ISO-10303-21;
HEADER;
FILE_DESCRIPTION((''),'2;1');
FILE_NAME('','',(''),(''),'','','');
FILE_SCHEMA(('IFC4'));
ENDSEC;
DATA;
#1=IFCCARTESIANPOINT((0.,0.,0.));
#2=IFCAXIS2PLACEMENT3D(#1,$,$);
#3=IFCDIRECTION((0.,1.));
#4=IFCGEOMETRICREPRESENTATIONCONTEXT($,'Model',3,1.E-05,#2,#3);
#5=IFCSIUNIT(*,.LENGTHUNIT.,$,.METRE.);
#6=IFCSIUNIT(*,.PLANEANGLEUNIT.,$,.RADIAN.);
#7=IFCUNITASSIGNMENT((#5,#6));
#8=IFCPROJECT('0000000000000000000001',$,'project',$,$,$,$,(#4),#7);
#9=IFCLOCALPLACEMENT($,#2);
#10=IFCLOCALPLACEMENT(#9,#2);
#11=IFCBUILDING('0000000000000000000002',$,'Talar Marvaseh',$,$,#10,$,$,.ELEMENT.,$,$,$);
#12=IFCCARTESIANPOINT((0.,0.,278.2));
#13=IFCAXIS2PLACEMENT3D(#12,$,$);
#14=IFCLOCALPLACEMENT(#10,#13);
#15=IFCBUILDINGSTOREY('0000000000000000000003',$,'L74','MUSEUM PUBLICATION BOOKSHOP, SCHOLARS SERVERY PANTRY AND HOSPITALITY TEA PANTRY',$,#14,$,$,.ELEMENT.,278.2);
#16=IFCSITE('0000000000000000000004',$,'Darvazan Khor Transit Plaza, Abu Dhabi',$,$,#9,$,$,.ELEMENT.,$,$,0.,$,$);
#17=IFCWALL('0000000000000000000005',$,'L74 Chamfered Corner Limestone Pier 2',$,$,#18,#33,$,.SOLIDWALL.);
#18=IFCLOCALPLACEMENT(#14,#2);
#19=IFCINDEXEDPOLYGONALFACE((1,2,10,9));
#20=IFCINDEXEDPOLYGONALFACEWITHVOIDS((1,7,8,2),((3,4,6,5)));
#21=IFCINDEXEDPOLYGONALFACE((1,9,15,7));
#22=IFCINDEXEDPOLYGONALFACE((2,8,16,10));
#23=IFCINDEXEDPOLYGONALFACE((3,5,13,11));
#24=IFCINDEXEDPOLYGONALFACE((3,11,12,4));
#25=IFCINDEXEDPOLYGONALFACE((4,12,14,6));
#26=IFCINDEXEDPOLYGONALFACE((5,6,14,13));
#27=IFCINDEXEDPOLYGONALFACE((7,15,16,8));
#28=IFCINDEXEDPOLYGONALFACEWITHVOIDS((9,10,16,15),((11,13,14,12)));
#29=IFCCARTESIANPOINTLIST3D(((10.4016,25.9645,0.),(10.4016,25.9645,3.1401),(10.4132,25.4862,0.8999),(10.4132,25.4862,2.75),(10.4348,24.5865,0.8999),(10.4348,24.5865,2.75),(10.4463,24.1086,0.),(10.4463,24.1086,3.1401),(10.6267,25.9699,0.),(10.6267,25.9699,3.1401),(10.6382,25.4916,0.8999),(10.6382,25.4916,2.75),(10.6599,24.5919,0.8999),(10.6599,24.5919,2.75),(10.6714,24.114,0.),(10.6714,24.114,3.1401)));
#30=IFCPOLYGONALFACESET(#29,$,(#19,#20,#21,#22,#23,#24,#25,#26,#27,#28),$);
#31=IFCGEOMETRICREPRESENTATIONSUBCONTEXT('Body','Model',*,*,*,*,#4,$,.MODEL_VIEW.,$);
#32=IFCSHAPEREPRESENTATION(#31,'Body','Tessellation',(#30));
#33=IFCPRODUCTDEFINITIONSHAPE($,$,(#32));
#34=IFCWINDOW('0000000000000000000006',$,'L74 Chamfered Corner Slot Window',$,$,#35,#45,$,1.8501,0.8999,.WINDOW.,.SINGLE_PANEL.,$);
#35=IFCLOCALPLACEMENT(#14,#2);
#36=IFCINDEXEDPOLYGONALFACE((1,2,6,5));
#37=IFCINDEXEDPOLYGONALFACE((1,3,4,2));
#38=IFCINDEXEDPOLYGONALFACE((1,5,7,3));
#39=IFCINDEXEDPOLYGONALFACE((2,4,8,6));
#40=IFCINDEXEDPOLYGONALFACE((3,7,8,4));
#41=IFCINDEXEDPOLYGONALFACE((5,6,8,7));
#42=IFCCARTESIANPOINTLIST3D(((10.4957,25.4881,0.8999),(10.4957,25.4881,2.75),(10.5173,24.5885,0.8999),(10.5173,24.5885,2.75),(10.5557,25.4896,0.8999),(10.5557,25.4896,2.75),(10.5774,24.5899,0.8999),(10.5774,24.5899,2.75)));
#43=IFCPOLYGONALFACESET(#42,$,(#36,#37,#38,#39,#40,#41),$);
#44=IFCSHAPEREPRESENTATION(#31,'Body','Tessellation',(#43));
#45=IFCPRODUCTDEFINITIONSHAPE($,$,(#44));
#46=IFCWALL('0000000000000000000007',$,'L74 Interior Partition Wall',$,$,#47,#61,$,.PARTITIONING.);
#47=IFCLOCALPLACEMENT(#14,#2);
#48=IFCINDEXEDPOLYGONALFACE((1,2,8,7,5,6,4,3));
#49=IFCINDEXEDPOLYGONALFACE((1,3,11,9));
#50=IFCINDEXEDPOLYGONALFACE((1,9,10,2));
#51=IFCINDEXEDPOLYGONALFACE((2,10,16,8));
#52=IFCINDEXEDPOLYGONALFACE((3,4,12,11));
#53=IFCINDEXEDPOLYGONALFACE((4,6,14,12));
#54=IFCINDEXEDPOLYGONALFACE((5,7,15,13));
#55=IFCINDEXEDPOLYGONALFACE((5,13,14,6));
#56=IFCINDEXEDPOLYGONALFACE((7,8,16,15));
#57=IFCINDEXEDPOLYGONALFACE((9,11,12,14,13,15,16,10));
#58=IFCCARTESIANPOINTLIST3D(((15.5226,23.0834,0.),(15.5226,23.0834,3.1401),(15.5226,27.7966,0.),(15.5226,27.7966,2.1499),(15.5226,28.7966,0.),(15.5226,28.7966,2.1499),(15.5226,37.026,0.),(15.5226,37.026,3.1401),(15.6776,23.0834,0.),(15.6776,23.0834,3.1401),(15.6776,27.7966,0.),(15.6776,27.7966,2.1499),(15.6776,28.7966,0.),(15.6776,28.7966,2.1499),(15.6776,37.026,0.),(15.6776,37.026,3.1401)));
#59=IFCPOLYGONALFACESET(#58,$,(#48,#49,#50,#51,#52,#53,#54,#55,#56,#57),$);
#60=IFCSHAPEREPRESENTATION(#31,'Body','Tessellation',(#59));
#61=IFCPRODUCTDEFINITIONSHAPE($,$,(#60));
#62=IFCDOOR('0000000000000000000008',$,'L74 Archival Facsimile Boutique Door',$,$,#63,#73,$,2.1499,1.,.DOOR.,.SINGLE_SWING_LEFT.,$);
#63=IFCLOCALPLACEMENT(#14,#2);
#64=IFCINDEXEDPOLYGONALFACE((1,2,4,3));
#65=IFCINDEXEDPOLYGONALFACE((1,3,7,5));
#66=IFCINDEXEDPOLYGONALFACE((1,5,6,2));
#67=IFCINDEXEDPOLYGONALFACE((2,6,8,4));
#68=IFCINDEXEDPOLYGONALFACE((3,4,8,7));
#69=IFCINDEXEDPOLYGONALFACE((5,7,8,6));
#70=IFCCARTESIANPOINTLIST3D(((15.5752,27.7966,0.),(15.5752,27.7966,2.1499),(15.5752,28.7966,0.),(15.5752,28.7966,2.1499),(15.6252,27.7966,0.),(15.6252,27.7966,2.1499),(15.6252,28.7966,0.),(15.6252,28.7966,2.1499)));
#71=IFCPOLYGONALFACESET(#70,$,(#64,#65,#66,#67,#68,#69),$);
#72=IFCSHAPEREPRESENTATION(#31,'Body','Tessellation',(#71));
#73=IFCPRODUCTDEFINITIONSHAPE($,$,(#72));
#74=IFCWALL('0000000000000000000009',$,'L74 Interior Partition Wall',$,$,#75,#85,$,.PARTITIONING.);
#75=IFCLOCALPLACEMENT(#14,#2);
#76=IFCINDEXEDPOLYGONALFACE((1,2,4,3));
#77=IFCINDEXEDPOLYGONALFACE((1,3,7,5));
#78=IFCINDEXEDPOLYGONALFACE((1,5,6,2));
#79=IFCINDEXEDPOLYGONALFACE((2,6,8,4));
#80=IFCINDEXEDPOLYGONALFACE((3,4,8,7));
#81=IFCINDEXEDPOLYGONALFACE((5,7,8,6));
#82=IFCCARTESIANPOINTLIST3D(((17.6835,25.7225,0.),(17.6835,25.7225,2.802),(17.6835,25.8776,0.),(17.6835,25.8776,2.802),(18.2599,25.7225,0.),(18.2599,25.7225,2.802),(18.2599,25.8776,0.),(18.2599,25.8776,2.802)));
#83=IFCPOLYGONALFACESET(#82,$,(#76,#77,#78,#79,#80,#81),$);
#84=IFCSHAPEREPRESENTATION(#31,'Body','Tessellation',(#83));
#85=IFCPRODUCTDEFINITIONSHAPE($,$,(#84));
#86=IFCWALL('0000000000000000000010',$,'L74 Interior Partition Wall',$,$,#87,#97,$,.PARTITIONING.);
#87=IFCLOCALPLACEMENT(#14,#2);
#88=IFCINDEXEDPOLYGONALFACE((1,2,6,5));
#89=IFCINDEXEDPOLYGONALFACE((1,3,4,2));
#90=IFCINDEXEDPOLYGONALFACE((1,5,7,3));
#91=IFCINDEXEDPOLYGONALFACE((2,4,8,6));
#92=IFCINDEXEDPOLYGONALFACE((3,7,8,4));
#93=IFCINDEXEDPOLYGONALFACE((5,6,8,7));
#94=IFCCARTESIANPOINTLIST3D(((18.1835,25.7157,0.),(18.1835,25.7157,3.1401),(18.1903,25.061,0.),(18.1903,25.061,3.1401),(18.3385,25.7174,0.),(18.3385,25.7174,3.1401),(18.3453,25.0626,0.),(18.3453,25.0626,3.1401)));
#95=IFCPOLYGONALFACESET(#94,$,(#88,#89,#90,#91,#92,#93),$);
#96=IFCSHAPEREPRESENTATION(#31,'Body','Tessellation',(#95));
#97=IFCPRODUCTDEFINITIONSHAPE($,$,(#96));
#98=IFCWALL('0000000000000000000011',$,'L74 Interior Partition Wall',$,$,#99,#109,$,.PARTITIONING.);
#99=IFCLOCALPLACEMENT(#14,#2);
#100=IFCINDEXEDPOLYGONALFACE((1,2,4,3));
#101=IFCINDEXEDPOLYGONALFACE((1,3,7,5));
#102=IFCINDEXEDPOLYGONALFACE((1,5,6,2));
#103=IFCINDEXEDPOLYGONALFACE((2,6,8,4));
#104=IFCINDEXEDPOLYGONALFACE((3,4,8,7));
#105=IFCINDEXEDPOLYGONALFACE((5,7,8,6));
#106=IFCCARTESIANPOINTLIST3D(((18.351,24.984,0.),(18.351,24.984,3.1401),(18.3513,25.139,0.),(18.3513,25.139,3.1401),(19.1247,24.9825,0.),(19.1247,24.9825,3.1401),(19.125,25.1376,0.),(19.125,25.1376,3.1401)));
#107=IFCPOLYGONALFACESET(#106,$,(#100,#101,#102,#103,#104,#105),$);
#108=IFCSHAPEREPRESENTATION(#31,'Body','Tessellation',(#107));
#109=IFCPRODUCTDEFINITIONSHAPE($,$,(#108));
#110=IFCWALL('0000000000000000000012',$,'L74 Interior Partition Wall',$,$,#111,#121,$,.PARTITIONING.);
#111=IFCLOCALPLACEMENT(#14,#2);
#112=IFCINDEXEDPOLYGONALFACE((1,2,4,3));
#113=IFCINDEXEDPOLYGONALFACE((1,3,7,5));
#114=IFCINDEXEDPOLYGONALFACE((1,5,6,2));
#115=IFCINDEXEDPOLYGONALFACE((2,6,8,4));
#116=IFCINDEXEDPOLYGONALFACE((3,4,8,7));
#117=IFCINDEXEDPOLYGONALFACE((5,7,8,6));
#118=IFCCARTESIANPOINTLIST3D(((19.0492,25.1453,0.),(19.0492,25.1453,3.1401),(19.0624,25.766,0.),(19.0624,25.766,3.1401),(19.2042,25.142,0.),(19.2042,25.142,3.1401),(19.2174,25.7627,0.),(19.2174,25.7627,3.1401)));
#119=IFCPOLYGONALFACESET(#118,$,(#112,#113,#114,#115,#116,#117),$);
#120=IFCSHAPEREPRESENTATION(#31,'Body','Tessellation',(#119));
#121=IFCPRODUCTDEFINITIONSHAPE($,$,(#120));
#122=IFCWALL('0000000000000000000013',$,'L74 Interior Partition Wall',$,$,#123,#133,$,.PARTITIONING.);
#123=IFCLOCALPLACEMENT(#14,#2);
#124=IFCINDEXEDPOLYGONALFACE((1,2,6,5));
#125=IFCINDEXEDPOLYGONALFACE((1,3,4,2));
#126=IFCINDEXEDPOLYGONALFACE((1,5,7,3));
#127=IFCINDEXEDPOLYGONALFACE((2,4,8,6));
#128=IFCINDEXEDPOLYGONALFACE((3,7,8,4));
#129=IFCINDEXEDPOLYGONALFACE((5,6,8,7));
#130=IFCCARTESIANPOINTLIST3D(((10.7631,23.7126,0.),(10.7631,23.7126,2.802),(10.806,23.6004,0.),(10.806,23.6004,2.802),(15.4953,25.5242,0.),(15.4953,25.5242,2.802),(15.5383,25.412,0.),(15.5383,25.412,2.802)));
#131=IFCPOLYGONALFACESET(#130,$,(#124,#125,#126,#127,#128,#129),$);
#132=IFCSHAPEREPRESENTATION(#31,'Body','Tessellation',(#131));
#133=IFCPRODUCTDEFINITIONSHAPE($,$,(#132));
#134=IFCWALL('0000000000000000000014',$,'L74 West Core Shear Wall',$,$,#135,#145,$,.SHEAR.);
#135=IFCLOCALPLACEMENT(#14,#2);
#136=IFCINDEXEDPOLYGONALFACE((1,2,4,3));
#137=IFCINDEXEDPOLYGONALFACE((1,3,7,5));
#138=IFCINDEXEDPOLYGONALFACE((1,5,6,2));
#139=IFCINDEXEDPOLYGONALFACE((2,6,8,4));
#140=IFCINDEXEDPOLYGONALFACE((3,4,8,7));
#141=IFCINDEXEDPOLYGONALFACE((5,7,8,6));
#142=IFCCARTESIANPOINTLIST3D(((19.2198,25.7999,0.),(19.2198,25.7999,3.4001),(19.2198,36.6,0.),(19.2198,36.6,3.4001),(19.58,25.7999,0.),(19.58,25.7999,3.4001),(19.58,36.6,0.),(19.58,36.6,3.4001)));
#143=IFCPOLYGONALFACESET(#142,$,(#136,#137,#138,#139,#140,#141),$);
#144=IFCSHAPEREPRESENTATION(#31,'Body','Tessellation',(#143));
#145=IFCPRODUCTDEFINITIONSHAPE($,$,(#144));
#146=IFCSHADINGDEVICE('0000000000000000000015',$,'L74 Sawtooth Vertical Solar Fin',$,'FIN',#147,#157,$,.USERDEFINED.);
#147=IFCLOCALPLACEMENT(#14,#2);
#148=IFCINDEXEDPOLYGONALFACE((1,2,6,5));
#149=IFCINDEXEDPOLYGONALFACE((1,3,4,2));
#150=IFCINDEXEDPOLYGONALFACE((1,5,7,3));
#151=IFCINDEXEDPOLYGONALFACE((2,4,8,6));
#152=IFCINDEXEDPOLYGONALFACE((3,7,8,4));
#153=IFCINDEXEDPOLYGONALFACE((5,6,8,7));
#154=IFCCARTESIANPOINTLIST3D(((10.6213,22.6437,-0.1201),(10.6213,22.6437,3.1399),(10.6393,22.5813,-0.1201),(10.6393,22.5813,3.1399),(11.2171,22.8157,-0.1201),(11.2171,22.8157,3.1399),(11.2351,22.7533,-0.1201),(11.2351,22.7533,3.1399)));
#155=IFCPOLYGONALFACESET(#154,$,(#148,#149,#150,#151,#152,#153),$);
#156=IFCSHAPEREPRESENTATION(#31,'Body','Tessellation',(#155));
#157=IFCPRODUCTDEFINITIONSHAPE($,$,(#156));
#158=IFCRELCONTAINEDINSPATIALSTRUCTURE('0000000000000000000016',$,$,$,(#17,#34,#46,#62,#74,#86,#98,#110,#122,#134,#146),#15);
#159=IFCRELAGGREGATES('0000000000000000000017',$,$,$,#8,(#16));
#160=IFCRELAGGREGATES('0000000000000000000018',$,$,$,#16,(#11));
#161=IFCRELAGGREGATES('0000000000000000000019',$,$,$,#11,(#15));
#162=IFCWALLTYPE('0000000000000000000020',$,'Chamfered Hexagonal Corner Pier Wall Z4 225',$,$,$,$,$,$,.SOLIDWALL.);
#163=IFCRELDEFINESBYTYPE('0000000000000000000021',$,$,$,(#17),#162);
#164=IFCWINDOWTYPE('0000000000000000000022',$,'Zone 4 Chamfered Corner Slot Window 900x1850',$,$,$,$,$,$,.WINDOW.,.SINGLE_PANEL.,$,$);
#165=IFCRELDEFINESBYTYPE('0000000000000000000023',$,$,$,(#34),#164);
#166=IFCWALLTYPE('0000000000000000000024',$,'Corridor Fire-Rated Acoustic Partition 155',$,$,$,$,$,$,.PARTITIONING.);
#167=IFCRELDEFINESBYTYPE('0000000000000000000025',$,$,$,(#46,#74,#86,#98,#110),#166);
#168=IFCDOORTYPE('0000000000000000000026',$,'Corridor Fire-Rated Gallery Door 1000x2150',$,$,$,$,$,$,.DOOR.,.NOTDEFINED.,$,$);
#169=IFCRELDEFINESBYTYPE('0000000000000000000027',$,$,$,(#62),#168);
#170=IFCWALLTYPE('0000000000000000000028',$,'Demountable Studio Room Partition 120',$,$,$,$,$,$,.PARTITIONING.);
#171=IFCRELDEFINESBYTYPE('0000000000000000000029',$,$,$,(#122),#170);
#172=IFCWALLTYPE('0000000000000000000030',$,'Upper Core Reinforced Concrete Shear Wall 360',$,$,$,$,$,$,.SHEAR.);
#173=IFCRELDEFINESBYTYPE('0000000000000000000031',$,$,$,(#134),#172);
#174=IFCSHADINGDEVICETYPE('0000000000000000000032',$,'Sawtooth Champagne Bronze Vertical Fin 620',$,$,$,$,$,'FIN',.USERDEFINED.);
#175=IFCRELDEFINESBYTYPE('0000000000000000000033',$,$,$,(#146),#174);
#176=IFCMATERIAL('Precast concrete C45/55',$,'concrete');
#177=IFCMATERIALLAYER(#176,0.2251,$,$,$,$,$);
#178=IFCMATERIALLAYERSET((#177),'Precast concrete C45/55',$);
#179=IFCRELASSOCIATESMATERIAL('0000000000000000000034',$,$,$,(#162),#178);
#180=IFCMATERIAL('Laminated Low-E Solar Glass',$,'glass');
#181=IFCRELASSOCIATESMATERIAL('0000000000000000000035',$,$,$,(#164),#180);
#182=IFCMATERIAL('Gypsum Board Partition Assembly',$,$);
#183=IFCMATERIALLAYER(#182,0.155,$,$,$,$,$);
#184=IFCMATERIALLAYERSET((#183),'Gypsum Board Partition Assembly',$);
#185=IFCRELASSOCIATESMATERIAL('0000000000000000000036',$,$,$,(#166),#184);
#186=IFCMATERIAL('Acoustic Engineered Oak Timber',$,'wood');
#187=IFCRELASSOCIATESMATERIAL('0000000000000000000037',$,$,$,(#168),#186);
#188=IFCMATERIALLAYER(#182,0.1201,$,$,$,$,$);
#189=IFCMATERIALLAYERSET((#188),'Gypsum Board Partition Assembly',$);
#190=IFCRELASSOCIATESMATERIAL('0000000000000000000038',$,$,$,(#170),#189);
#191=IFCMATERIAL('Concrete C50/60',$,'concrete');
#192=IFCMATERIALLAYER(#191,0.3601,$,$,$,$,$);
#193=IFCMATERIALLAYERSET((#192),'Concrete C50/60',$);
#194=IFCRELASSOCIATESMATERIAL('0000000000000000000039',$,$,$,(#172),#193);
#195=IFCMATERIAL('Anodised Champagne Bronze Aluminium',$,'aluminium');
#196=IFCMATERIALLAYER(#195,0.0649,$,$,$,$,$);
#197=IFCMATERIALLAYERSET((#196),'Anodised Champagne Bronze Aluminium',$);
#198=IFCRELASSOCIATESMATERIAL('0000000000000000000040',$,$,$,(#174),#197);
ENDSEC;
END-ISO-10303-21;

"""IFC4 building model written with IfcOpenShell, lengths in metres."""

from ifc_helpers import new_model, si_unit, direction, frame, frame_2d, origin, origin_2d, place, context, subcontext, project, spatial, rectangle, extrude, source, transform, mapped, material, layer, layer_set, type_object, type_shapes, element, fill, save


model = new_model("IFC4")

# Units and contexts
model_context = context("Model", 3, precision=1e-05, world=origin(), true_north=direction((0.0, 1.0)))
body_context = subcontext(model_context, "Body", "Model", "MODEL_VIEW")
ifc_project = project(units=[si_unit("LENGTHUNIT", "METRE"), si_unit("PLANEANGLEUNIT", "RADIAN")], contexts=[model_context])

# Site, building, storey
site_placement = place(None, origin())
site = spatial("IfcSite", under=ifc_project, at=site_placement, Name="Darvazan Khor Transit Plaza, Abu Dhabi", CompositionType="ELEMENT", RefElevation=0.0)
building_placement = place(site_placement, origin())
building = spatial("IfcBuilding", under=site, at=building_placement, Name="Talar Marvaseh", CompositionType="ELEMENT")
storey_placement = place(building_placement, frame((0.0, 0.0, 278.2)))
storey = spatial("IfcBuildingStorey", under=building, at=storey_placement, Name="L74", Description="MUSEUM PUBLICATION BOOKSHOP, SCHOLARS SERVERY PANTRY AND HOSPITALITY TEA PANTRY", CompositionType="ELEMENT", Elevation=278.2)

# Shared definitions
ifc_material_1 = material(Name="Concrete C50/60", Category="concrete")

# Wall, opening, window
ifc_material_2 = material(Name="Precast concrete C45/55", Category="concrete")
ifc_layer_1 = layer(ifc_material_2, 0.2251)
ifc_layer_set_1 = layer_set([ifc_layer_1], Name="Precast concrete C45/55")
wall_type_1 = type_object("IfcWallType", Name="Chamfered Hexagonal Corner Pier Wall Z4 225", PredefinedType="SOLIDWALL", material=ifc_layer_set_1)
wall_1_placement = place(storey_placement, frame((10.5588, 24.1113, 0.0), z_axis=(0.0, 0.0, 1.0), x_axis=(-0.024066, 0.99971, 0.0)))
wall_1 = element("IfcWall", 1, at=wall_1_placement, inside=storey, type_object=wall_type_1, Name="L74 Chamfered Corner Limestone Pier 2", PredefinedType="SOLIDWALL", context=body_context, shape_type="SweptSolid", body=[
    extrude(rectangle(XDim=1.8564, YDim=0.2251, at=frame_2d((0.9282, 0.0))), origin(), (0.0, 0.0, 1.0), 3.1401),
])
opening_1_placement = place(wall_1_placement, frame((0.478, 0.0, 0.8999)))
opening_1 = element("IfcOpeningElement", 2, at=opening_1_placement, cuts=wall_1, PredefinedType="OPENING", context=body_context, shape_type="SweptSolid", body=[
    extrude(rectangle(XDim=0.8999, YDim=1.8501, at=frame_2d((0.45, 0.925))), frame((0.0, 0.1226, 0.0), z_axis=(0.0, -1.0, 0.0), x_axis=(1.0, 0.0, 0.0)), (0.0, 0.0, 1.0), 0.2451),
])
ifc_material_3 = material(Name="Laminated Low-E Solar Glass", Category="glass")
window_type = type_object("IfcWindowType", Name="Zone 4 Chamfered Corner Slot Window 900x1850", PartitioningType="SINGLE_PANEL", PredefinedType="WINDOW", material=ifc_material_3)
shared_shape_1 = source(origin(), body_context, "Body", "SweptSolid", [
    extrude(rectangle(XDim=0.8999, YDim=1.8501, at=frame_2d((0.45, 0.925))), frame((0.0, 0.03, 0.0), z_axis=(0.0, -1.0, 0.0), x_axis=(1.0, 0.0, 0.0)), (0.0, 0.0, 1.0), 0.0601),
])
type_shapes(window_type, [shared_shape_1])
window_placement = place(opening_1_placement, origin())
window = element("IfcWindow", 3, at=window_placement, inside=storey, type_object=window_type, Name="L74 Chamfered Corner Slot Window", OverallHeight=1.8501, OverallWidth=0.8999, PartitioningType="SINGLE_PANEL", PredefinedType="WINDOW", context=body_context, shape_type="MappedRepresentation", body=[
    mapped(shared_shape_1, transform((0.0, 0.0, 0.0), x_axis=(1.0, 0.0, 0.0), y_axis=(0.0, 1.0, 0.0), z_axis=(0.0, 0.0, 1.0), scale=1.0)),
])
fill(opening_1, window)

# Wall, opening, door
ifc_material_4 = material(Name="Gypsum Board Partition Assembly")
ifc_layer_2 = layer(ifc_material_4, 0.155)
ifc_layer_set_2 = layer_set([ifc_layer_2], Name="Gypsum Board Partition Assembly")
wall_type_2 = type_object("IfcWallType", Name="Corridor Fire-Rated Acoustic Partition 155", PredefinedType="PARTITIONING", material=ifc_layer_set_2)
wall_2_placement = place(storey_placement, frame((15.6001, 23.0835, 0.0), z_axis=(0.0, 0.0, 1.0), x_axis=(0.0, 1.0, 0.0)))
wall_2 = element("IfcWall", 4, at=wall_2_placement, inside=storey, type_object=wall_type_2, Name="L74 Interior Partition Wall", PredefinedType="PARTITIONING", context=body_context, shape_type="SweptSolid", body=[
    extrude(rectangle(XDim=13.9426, YDim=0.155, at=frame_2d((6.9712, 0.0))), origin(), (0.0, 0.0, 1.0), 3.1401),
])
opening_2_placement = place(wall_2_placement, frame((4.7131, 0.0, 0.0)))
opening_2 = element("IfcOpeningElement", 5, at=opening_2_placement, cuts=wall_2, PredefinedType="OPENING", context=body_context, shape_type="SweptSolid", body=[
    extrude(rectangle(XDim=1.0, YDim=2.1499, at=frame_2d((0.5, 1.075))), frame((0.0, 0.0874, 0.0), z_axis=(0.0, -1.0, 0.0), x_axis=(1.0, 0.0, 0.0)), (0.0, 0.0, 1.0), 0.175),
])
ifc_material_5 = material(Name="Acoustic Engineered Oak Timber", Category="wood")
door_type = type_object("IfcDoorType", Name="Corridor Fire-Rated Gallery Door 1000x2150", OperationType="NOTDEFINED", PredefinedType="DOOR", material=ifc_material_5)
shared_shape_2 = source(origin(), body_context, "Body", "SweptSolid", [
    extrude(rectangle(XDim=1.0, YDim=2.1499, at=frame_2d((0.5, 1.075))), frame((0.0, 0.0249, 0.0), z_axis=(0.0, -1.0, 0.0), x_axis=(1.0, 0.0, 0.0)), (0.0, 0.0, 1.0), 0.05),
])
type_shapes(door_type, [shared_shape_2])
door_placement = place(opening_2_placement, origin())
door = element("IfcDoor", 6, at=door_placement, inside=storey, type_object=door_type, Name="L74 Archival Facsimile Boutique Door", OperationType="SINGLE_SWING_LEFT", OverallHeight=2.1499, OverallWidth=1.0, PredefinedType="DOOR", context=body_context, shape_type="MappedRepresentation", body=[
    mapped(shared_shape_2, transform((0.0, 0.0, 0.0), x_axis=(1.0, 0.0, 0.0), y_axis=(0.0, 1.0, 0.0), z_axis=(0.0, 0.0, 1.0), scale=1.0)),
])
fill(opening_2, door)

# Walls
wall_3_placement = place(storey_placement, frame((17.6836, 25.8, 0.0), z_axis=(0.0, 0.0, 1.0), x_axis=(1.0, 0.0, 0.0)))
element("IfcWall", 7, at=wall_3_placement, inside=storey, type_object=wall_type_2, Name="L74 Interior Partition Wall", PredefinedType="PARTITIONING", context=body_context, shape_type="SweptSolid", body=[
    extrude(rectangle(XDim=0.5764, YDim=0.155, at=frame_2d((0.2881, 0.0))), origin(), (0.0, 0.0, 1.0), 2.802),
])
wall_4_placement = place(storey_placement, frame((18.261, 25.7166, 0.0), z_axis=(0.0, 0.0, 1.0), x_axis=(0.010439, -0.999946, 0.0)))
element("IfcWall", 8, at=wall_4_placement, inside=storey, type_object=wall_type_2, Name="L74 Interior Partition Wall", PredefinedType="PARTITIONING", context=body_context, shape_type="SweptSolid", body=[
    extrude(rectangle(XDim=0.6548, YDim=0.155, at=frame_2d((0.3274, 0.0))), origin(), (0.0, 0.0, 1.0), 3.1401),
])
wall_5_placement = place(storey_placement, frame((18.3513, 25.0615, 0.0), z_axis=(0.0, 0.0, 1.0), x_axis=(0.999998, -0.001893, 0.0)))
element("IfcWall", 9, at=wall_5_placement, inside=storey, type_object=wall_type_2, Name="L74 Interior Partition Wall", PredefinedType="PARTITIONING", context=body_context, shape_type="SweptSolid", body=[
    extrude(rectangle(XDim=0.7737, YDim=0.155, at=frame_2d((0.3867, 0.0))), origin(), (0.0, 0.0, 1.0), 3.1401),
])
wall_6_placement = place(storey_placement, frame((19.1267, 25.1436, 0.0), z_axis=(0.0, 0.0, 1.0), x_axis=(0.021238, 0.999774, 0.0)))
element("IfcWall", 10, at=wall_6_placement, inside=storey, type_object=wall_type_2, Name="L74 Interior Partition Wall", PredefinedType="PARTITIONING", context=body_context, shape_type="SweptSolid", body=[
    extrude(rectangle(XDim=0.6208, YDim=0.155, at=frame_2d((0.3105, 0.0))), origin(), (0.0, 0.0, 1.0), 3.1401),
])
ifc_layer_3 = layer(ifc_material_4, 0.1201)
ifc_layer_set_3 = layer_set([ifc_layer_3], Name="Gypsum Board Partition Assembly")
wall_type_3 = type_object("IfcWallType", Name="Demountable Studio Room Partition 120", PredefinedType="PARTITIONING", material=ifc_layer_set_3)
wall_7_placement = place(storey_placement, frame((10.7844, 23.6565, 0.0), z_axis=(0.0, 0.0, 1.0), x_axis=(0.933909, 0.35751, 0.0)))
element("IfcWall", 11, at=wall_7_placement, inside=storey, type_object=wall_type_3, Name="L74 Interior Partition Wall", PredefinedType="PARTITIONING", context=body_context, shape_type="SweptSolid", body=[
    extrude(rectangle(XDim=5.0671, YDim=0.1201, at=frame_2d((2.5337, 0.0))), origin(), (0.0, 0.0, 1.0), 2.802),
])
ifc_layer_4 = layer(ifc_material_1, 0.3601)
ifc_layer_set_4 = layer_set([ifc_layer_4], Name="Concrete C50/60")
wall_type_4 = type_object("IfcWallType", Name="Upper Core Reinforced Concrete Shear Wall 360", PredefinedType="SHEAR", material=ifc_layer_set_4)
wall_8_placement = place(storey_placement, frame((19.3999, 25.8, 0.0), z_axis=(0.0, 0.0, 1.0), x_axis=(0.0, 1.0, 0.0)))
element("IfcWall", 12, at=wall_8_placement, inside=storey, type_object=wall_type_4, Name="L74 West Core Shear Wall", PredefinedType="SHEAR", context=body_context, shape_type="SweptSolid", body=[
    extrude(rectangle(XDim=10.8, YDim=0.3601, at=frame_2d((5.3999, 0.0))), origin(), (0.0, 0.0, 1.0), 3.4001),
])

# Shading device
ifc_material_6 = material(Name="Anodised Champagne Bronze Aluminium", Category="aluminium")
ifc_layer_5 = layer(ifc_material_6, 0.0649)
ifc_layer_set_5 = layer_set([ifc_layer_5], Name="Anodised Champagne Bronze Aluminium")
shading_device_type = type_object("IfcShadingDeviceType", Name="Sawtooth Champagne Bronze Vertical Fin 620", ElementType="FIN", PredefinedType="USERDEFINED", material=ifc_layer_set_5)
shared_shape_3 = source(origin(), body_context, "Body", "SweptSolid", [
    extrude(rectangle(XDim=0.6201, YDim=0.0649, at=origin_2d()), origin(), (0.0, 0.0, 1.0), 3.26),
])
type_shapes(shading_device_type, [shared_shape_3])
shading_device_placement = place(storey_placement, frame((10.9282, 22.6985, -0.1201), z_axis=(0.0, 0.0, 1.0), x_axis=(-0.960779, -0.277315, 0.0)))
element("IfcShadingDevice", 13, at=shading_device_placement, inside=storey, type_object=shading_device_type, Name="L74 Sawtooth Vertical Solar Fin", ObjectType="FIN", PredefinedType="USERDEFINED", context=body_context, shape_type="MappedRepresentation", body=[
    mapped(shared_shape_3, transform((0.0, 0.0, 0.0), x_axis=(1.0, 0.0, 0.0), y_axis=(0.0, 1.0, 0.0), z_axis=(0.0, 0.0, 1.0), scale=1.0)),
])

save(model, "model.ifc")
